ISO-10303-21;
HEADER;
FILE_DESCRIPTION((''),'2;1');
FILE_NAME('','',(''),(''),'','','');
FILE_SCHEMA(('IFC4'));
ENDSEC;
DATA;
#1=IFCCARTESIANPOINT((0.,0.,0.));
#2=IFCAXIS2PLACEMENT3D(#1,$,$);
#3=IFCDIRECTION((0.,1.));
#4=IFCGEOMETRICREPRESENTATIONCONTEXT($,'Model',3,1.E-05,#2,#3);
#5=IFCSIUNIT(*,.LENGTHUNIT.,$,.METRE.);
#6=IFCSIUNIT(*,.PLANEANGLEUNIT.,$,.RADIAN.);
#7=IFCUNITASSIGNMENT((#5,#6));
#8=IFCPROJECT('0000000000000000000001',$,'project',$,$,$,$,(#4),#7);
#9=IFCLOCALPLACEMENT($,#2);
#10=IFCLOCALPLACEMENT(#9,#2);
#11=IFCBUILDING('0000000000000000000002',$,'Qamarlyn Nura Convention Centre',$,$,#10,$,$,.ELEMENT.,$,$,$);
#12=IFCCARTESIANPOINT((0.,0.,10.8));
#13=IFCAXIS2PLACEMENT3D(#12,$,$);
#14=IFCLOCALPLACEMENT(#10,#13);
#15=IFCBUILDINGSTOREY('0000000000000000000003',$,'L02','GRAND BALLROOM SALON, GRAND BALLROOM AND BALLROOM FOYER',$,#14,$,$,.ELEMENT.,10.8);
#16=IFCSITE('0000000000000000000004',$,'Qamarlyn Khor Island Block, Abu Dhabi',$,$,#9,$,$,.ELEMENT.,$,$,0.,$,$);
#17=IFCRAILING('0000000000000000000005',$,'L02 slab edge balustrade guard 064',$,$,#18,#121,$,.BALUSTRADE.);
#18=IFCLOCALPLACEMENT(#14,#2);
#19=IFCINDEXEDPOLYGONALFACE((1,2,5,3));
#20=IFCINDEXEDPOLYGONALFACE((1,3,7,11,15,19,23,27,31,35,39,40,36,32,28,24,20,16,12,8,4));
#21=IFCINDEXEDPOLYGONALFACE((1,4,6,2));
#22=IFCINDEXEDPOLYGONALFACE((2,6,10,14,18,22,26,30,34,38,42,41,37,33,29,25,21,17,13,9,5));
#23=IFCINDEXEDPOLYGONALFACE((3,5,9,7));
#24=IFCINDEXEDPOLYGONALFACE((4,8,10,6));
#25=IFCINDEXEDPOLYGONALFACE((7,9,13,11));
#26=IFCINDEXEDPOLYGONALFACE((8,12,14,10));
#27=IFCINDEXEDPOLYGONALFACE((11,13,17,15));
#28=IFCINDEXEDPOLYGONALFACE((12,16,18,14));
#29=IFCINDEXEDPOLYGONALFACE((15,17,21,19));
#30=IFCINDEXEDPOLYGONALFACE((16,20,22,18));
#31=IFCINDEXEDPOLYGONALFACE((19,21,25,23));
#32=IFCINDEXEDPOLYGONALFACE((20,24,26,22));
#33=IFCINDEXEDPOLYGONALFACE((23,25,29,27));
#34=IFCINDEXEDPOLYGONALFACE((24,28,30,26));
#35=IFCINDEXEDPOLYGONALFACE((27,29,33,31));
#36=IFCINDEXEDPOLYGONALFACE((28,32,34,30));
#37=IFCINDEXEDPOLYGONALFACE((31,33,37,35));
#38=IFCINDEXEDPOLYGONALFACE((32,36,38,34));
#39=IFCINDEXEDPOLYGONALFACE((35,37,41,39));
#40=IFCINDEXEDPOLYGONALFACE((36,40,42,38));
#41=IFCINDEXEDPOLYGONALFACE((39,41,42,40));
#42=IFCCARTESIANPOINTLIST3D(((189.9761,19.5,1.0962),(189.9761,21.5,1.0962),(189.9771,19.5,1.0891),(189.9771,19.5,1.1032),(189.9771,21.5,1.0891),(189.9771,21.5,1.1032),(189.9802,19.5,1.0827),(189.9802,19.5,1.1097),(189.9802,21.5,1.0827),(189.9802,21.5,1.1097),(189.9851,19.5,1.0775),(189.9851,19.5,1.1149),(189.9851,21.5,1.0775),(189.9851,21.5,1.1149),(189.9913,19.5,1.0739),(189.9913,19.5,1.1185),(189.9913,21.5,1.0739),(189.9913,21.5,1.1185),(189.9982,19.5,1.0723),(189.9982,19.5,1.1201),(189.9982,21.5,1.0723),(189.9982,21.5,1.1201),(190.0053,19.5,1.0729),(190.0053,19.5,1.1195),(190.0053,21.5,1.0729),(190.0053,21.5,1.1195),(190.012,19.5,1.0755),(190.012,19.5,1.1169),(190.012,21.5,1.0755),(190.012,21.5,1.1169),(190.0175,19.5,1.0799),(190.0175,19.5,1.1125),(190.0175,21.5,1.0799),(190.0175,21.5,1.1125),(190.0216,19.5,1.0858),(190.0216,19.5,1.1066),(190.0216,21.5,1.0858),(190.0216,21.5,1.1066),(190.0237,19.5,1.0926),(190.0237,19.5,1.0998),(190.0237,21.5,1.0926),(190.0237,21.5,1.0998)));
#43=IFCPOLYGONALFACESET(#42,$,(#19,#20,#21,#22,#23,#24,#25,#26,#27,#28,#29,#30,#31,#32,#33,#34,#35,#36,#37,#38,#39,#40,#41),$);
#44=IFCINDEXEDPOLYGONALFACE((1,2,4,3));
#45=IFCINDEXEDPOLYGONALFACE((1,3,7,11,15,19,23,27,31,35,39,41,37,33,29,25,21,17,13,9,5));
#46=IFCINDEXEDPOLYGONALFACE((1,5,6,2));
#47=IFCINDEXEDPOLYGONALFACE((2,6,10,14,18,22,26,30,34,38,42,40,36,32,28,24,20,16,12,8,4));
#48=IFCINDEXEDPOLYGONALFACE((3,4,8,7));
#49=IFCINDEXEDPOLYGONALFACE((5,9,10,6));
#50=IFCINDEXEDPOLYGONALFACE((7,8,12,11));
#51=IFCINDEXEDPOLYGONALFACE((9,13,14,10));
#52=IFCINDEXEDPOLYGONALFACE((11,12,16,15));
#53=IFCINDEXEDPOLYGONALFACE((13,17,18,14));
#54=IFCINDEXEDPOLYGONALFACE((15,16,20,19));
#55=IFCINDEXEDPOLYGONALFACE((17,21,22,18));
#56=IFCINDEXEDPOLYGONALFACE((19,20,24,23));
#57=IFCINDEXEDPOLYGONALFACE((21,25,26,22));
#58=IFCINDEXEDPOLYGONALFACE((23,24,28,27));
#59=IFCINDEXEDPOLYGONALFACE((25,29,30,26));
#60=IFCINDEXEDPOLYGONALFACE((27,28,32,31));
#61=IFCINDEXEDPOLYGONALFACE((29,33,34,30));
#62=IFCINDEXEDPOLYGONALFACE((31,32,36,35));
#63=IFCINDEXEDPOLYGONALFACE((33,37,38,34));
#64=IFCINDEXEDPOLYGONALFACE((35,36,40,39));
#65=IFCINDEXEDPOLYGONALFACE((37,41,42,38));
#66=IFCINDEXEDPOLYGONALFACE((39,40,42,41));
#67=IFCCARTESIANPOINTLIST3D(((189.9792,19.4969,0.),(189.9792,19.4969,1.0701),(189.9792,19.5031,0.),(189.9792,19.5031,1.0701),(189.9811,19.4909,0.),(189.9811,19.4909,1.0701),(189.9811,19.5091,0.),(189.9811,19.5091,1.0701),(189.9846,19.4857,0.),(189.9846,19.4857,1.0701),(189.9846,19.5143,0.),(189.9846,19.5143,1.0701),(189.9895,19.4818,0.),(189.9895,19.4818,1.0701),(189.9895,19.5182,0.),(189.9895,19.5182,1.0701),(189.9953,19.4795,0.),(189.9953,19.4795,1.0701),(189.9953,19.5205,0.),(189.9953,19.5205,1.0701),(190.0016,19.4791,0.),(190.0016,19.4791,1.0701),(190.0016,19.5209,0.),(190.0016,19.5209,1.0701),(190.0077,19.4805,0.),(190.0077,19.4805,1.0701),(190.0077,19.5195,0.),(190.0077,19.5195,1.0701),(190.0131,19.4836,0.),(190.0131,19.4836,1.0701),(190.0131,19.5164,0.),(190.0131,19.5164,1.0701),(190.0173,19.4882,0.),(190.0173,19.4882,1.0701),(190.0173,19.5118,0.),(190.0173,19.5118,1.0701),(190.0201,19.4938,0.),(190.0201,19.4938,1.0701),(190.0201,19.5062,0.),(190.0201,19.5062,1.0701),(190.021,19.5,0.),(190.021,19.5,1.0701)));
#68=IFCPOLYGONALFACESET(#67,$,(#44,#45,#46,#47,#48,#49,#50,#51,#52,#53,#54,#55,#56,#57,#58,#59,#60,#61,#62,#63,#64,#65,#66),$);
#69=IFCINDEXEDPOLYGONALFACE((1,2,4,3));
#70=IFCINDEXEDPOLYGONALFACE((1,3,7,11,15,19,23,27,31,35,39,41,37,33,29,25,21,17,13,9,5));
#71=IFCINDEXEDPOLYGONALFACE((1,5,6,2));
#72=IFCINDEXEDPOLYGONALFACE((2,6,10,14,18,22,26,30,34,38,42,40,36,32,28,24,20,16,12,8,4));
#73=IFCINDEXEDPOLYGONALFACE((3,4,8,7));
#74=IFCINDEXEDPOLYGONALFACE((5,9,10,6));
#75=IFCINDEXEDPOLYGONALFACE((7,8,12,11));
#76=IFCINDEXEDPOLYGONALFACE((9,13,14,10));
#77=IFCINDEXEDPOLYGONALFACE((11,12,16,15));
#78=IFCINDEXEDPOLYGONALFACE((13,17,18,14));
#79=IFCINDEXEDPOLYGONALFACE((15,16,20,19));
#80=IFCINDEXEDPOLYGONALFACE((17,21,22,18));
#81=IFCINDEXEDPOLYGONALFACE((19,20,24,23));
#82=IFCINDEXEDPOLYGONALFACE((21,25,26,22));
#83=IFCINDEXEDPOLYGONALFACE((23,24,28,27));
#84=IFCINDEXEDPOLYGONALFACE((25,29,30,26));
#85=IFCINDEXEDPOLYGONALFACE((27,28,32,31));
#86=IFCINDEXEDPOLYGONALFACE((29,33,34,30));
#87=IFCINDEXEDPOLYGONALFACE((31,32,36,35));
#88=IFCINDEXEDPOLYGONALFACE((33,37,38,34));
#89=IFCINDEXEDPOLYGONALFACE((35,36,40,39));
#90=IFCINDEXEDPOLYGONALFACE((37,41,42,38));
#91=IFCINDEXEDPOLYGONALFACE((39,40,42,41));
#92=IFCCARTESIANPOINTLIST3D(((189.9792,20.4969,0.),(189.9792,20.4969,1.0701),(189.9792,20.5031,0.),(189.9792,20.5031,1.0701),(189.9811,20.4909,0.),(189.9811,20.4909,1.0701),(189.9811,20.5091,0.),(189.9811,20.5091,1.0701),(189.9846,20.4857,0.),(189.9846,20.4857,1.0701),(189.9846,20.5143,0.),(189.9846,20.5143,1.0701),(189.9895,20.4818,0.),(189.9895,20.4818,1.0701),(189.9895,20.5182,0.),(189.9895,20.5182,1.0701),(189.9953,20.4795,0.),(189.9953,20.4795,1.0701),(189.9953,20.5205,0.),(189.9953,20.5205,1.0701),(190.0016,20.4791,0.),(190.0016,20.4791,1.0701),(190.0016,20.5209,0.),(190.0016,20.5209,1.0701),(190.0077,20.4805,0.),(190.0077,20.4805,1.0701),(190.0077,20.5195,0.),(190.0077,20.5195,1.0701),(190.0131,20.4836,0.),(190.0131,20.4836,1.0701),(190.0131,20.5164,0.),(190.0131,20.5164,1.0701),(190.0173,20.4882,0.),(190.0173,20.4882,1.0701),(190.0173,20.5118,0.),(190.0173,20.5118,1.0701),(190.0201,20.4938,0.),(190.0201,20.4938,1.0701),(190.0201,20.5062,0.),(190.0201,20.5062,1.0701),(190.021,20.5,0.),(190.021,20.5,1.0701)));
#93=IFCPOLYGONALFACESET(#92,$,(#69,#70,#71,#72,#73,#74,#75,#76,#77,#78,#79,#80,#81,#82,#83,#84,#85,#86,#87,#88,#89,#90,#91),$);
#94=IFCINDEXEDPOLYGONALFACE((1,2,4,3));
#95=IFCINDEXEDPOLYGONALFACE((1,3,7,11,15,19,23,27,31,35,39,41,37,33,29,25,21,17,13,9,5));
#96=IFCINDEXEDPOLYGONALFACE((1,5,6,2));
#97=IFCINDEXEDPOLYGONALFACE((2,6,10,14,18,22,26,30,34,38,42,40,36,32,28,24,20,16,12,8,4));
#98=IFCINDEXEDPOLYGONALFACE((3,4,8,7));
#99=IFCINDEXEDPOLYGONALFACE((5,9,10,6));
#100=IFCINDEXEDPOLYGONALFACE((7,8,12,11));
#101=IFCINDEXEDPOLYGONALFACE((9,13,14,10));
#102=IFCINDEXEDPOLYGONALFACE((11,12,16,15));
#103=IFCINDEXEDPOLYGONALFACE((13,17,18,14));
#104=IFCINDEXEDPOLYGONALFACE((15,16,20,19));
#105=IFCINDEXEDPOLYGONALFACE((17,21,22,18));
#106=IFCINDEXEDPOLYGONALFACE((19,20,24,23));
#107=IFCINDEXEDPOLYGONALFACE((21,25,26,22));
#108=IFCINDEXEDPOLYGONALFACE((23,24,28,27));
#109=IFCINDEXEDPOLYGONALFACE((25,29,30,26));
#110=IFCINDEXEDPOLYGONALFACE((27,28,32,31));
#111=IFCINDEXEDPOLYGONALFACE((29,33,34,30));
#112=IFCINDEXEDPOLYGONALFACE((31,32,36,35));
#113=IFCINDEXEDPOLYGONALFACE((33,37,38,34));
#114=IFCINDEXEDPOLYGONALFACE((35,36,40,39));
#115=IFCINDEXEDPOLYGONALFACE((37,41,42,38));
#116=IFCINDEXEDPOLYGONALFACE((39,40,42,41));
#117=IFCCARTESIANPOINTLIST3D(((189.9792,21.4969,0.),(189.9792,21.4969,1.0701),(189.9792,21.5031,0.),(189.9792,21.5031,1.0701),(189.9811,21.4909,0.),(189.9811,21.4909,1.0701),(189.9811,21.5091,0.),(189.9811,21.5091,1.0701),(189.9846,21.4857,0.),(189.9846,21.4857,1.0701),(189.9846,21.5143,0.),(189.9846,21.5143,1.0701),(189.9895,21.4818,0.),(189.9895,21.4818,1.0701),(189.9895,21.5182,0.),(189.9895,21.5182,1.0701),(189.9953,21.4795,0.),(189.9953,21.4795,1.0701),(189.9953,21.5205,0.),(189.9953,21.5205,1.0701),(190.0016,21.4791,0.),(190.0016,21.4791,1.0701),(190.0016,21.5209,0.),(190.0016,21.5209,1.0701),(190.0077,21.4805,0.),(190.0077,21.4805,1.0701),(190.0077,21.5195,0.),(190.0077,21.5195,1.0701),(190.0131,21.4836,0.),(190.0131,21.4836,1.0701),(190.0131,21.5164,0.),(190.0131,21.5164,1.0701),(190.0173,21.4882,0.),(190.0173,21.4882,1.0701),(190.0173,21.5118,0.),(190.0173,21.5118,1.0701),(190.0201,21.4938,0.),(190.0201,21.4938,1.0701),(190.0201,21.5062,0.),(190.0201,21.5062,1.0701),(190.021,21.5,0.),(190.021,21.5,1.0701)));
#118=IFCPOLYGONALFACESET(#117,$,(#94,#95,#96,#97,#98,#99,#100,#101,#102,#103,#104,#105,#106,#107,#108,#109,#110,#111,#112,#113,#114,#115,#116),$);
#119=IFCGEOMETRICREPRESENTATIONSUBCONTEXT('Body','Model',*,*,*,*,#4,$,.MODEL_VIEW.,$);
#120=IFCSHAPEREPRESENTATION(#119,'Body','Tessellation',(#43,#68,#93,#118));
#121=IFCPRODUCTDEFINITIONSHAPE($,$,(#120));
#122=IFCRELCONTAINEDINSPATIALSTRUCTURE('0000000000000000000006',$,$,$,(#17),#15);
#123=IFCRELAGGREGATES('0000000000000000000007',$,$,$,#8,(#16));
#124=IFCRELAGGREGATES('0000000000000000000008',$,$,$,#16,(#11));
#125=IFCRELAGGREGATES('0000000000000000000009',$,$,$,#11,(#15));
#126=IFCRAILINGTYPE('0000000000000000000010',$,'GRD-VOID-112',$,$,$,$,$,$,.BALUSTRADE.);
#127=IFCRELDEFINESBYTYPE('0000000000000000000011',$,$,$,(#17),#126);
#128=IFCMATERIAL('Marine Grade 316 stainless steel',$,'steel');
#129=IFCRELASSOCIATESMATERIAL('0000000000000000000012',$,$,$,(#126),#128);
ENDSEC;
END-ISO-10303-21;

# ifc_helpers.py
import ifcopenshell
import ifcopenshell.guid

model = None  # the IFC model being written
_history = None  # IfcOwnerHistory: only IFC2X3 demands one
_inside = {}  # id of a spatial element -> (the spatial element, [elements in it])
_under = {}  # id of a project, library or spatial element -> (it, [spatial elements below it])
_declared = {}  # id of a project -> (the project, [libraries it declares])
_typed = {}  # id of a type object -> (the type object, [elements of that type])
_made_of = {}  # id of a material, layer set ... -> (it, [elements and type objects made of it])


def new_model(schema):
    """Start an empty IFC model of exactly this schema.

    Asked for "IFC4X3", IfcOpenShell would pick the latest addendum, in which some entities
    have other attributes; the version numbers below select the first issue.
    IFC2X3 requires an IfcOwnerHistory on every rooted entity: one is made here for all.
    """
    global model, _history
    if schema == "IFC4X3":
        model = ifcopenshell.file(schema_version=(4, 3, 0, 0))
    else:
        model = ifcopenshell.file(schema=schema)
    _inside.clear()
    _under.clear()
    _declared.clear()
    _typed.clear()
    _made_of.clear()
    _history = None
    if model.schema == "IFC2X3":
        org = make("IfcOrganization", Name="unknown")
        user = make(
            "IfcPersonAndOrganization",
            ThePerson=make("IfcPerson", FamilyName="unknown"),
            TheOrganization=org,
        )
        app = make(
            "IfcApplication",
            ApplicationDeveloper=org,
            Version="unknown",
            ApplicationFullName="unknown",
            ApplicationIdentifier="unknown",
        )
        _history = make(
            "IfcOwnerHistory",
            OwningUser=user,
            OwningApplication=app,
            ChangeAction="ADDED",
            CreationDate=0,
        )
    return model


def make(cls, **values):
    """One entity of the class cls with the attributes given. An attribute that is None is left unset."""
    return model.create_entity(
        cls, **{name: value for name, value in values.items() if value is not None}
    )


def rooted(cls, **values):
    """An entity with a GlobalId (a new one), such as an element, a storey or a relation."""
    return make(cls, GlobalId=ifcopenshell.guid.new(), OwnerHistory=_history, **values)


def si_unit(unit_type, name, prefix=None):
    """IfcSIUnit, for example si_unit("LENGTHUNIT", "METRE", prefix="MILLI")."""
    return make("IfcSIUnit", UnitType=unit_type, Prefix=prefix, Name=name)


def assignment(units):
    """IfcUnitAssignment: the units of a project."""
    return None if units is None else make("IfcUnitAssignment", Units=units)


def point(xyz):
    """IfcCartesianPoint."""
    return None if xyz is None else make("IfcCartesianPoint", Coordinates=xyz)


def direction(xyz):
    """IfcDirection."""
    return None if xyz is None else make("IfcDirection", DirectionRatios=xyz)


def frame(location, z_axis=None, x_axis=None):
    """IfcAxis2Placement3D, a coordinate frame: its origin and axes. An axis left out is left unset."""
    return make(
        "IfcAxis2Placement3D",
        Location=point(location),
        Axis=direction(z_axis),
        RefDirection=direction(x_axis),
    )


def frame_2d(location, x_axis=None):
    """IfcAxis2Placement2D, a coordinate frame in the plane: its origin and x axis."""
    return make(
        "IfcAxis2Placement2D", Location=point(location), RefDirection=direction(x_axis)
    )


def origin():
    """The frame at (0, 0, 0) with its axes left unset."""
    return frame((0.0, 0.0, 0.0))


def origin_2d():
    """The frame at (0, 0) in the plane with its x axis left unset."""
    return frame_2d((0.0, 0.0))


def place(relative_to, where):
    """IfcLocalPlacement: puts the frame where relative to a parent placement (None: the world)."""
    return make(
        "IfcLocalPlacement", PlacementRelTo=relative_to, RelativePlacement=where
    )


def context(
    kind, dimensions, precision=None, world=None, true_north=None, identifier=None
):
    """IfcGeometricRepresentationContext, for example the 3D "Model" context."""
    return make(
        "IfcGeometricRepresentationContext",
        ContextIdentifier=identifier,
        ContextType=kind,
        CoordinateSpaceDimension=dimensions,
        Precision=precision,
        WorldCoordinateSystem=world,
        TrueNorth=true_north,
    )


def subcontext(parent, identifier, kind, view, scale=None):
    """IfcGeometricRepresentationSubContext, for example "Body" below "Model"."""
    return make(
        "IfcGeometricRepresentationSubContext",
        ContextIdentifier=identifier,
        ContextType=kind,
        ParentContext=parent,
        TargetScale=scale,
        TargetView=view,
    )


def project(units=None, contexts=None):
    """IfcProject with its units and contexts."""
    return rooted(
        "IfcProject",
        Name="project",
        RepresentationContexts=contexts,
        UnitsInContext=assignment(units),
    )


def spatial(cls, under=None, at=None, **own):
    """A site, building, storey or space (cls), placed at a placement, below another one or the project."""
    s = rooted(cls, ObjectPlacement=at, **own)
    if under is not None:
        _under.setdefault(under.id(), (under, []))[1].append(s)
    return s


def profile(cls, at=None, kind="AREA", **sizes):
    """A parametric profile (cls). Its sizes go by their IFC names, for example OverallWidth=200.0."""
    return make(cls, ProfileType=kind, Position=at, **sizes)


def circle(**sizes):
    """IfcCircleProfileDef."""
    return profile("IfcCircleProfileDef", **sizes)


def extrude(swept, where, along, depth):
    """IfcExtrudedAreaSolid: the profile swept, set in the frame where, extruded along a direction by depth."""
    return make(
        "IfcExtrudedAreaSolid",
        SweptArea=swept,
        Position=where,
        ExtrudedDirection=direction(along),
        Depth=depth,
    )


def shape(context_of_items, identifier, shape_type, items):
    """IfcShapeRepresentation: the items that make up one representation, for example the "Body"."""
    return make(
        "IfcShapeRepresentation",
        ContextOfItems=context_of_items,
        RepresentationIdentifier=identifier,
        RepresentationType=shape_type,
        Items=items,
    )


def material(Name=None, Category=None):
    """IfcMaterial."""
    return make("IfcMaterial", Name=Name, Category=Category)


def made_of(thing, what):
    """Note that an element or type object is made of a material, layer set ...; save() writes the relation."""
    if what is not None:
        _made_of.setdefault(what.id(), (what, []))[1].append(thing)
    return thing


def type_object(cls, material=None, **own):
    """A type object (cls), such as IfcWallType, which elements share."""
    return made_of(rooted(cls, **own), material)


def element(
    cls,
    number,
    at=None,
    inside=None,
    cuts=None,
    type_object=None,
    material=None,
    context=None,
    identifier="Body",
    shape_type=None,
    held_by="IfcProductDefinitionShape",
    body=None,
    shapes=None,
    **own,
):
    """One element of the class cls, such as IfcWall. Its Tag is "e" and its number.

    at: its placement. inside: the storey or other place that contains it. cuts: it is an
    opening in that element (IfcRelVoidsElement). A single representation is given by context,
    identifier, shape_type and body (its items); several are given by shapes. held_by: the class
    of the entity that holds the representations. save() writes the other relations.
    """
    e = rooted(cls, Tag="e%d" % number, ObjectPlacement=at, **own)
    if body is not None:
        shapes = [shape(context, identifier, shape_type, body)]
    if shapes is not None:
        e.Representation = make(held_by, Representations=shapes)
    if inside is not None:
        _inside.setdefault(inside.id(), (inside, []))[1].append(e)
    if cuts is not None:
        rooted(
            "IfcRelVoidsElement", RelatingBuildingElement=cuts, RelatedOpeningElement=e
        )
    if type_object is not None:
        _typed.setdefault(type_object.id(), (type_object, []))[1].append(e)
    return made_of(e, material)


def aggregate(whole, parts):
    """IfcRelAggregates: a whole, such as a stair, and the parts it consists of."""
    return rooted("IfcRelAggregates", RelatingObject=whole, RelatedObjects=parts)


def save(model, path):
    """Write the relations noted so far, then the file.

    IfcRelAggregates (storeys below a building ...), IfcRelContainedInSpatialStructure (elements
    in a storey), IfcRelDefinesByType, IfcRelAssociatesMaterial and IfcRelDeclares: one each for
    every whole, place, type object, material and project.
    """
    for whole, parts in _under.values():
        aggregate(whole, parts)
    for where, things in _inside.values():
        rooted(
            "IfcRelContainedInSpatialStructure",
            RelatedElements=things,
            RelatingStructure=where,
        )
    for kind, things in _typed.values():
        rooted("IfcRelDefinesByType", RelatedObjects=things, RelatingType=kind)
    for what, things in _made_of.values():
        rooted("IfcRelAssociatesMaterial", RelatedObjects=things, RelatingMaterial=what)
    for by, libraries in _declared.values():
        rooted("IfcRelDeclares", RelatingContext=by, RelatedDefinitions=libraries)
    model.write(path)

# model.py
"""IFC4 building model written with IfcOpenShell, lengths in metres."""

from ifc_helpers import new_model, si_unit, direction, frame, origin, origin_2d, place, context, subcontext, project, spatial, circle, extrude, material, type_object, element, save


model = new_model("IFC4")

# Units and contexts
model_context = context("Model", 3, precision=1e-05, world=origin(), true_north=direction((0.0, 1.0)))
body_context = subcontext(model_context, "Body", "Model", "MODEL_VIEW")
ifc_project = project(units=[si_unit("LENGTHUNIT", "METRE"), si_unit("PLANEANGLEUNIT", "RADIAN")], contexts=[model_context])

# Site, building, storey
site_placement = place(None, origin())
site = spatial("IfcSite", under=ifc_project, at=site_placement, Name="Qamarlyn Khor Island Block, Abu Dhabi", CompositionType="ELEMENT", RefElevation=0.0)
building_placement = place(site_placement, origin())
building = spatial("IfcBuilding", under=site, at=building_placement, Name="Qamarlyn Nura Convention Centre", CompositionType="ELEMENT")
storey_placement = place(building_placement, frame((0.0, 0.0, 10.8)))
storey = spatial("IfcBuildingStorey", under=building, at=storey_placement, Name="L02", Description="GRAND BALLROOM SALON, GRAND BALLROOM AND BALLROOM FOYER", CompositionType="ELEMENT", Elevation=10.8)

# Railing
ifc_material_1 = material(Name="Marine Grade 316 stainless steel", Category="steel")
railing_type = type_object("IfcRailingType", Name="GRD-VOID-112", PredefinedType="BALUSTRADE", material=ifc_material_1)
railing_1_placement = place(storey_placement, frame((190.0, 19.5, 0.0)))
element("IfcRailing", 1, at=railing_1_placement, inside=storey, type_object=railing_type, Name="L02 slab edge balustrade guard 064", PredefinedType="BALUSTRADE", context=body_context, shape_type="SweptSolid", body=[
    extrude(circle(Radius=0.0239, at=origin_2d()), frame((0.0, 0.0, 1.0962), z_axis=(0.0, 1.0, 0.0), x_axis=(-1.0, 0.0, 0.0)), (0.0, 0.0, 1.0), 2.0),
    extrude(circle(Radius=0.021, at=origin_2d()), origin(), (0.0, 0.0, 1.0), 1.0701),
    extrude(circle(Radius=0.021, at=origin_2d()), frame((0.0, 1.0, 0.0)), (0.0, 0.0, 1.0), 1.0701),
    extrude(circle(Radius=0.021, at=origin_2d()), frame((0.0, 2.0, 0.0)), (0.0, 0.0, 1.0), 1.0701),
])

save(model, "model.ifc")
